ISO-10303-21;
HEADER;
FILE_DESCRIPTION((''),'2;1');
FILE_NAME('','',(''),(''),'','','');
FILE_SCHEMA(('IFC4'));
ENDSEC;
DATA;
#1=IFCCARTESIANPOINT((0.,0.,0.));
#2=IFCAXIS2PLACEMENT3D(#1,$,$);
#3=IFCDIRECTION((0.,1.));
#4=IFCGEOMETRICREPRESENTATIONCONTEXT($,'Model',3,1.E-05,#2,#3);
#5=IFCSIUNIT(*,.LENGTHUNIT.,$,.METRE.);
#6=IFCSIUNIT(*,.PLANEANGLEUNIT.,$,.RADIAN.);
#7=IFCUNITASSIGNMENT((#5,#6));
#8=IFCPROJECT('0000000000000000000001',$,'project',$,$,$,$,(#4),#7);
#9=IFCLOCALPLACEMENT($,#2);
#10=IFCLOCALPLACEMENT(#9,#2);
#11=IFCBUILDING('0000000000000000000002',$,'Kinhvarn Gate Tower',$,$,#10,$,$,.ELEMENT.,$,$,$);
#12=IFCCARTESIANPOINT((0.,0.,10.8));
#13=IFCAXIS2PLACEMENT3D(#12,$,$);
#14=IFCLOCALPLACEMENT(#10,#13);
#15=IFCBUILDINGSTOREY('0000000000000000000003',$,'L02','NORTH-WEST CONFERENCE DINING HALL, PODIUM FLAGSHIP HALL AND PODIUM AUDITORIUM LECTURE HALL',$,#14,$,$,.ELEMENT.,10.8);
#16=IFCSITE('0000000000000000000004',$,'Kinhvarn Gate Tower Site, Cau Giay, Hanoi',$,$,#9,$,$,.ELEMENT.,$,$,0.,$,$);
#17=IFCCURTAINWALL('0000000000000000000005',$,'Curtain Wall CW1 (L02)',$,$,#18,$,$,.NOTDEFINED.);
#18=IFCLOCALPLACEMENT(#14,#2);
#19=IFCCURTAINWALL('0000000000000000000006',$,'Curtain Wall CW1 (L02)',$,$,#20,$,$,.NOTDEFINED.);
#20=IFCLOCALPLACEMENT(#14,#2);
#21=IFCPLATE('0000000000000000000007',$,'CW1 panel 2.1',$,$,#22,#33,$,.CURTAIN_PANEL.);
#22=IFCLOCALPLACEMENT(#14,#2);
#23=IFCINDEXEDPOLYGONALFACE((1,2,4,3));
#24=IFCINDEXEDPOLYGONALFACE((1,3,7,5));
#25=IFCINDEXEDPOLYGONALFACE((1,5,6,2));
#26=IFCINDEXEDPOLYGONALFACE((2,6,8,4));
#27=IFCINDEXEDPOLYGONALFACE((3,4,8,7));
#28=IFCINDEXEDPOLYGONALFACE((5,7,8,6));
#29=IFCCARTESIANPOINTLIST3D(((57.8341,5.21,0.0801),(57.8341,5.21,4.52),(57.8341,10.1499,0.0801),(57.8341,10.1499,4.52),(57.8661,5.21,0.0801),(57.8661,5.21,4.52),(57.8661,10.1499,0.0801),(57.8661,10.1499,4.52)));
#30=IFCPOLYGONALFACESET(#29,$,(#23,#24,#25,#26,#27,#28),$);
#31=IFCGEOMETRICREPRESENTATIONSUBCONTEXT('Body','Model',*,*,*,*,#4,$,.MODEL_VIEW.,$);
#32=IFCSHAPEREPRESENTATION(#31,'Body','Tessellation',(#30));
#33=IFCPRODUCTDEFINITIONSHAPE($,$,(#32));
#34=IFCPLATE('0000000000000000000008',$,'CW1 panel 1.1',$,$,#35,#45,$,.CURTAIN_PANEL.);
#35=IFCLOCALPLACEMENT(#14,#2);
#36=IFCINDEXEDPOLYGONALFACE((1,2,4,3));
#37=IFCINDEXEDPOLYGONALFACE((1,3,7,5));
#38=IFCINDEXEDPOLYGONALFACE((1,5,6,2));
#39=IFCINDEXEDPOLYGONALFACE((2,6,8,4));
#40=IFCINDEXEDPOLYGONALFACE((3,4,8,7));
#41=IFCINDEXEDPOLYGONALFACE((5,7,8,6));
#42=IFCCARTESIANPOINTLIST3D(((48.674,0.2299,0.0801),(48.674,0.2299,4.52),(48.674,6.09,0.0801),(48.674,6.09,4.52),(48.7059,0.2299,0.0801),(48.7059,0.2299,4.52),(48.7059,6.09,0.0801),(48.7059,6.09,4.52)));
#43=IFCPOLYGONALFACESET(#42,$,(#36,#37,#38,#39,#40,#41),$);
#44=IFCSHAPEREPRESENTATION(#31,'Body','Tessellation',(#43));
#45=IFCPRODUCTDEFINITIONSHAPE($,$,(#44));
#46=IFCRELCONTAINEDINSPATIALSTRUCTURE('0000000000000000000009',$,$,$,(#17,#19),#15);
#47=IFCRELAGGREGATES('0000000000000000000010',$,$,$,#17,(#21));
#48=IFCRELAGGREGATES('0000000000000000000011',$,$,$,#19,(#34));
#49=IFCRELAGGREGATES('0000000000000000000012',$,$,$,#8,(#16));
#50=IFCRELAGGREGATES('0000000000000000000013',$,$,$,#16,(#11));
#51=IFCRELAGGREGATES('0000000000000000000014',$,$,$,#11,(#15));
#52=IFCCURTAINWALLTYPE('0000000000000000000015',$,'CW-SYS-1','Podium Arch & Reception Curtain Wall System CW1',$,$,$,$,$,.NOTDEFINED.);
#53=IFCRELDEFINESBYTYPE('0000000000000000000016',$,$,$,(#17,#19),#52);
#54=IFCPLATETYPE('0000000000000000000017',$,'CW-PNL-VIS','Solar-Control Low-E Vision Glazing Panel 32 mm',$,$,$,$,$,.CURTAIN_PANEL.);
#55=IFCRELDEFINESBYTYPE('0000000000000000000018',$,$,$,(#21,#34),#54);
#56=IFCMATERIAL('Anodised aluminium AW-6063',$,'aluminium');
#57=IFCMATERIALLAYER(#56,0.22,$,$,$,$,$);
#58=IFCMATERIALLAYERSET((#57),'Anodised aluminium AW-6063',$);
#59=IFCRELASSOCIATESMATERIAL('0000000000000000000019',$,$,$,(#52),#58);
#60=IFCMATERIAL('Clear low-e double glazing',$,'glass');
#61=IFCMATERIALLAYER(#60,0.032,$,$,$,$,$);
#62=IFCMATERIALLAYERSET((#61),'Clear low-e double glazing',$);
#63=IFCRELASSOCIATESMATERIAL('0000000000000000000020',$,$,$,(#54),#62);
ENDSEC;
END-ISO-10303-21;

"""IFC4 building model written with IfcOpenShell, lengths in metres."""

from ifc_helpers import new_model, si_unit, direction, frame, origin, origin_2d, place, context, subcontext, project, spatial, rectangle, extrude, material, layer, layer_set, type_object, element, aggregate, save


model = new_model("IFC4")

# Units and contexts
model_context = context("Model", 3, precision=1e-05, world=origin(), true_north=direction((0.0, 1.0)))
body_context = subcontext(model_context, "Body", "Model", "MODEL_VIEW")
ifc_project = project(units=[si_unit("LENGTHUNIT", "METRE"), si_unit("PLANEANGLEUNIT", "RADIAN")], contexts=[model_context])

# Site, building, storey
site_placement = place(None, origin())
site = spatial("IfcSite", under=ifc_project, at=site_placement, Name="Kinhvarn Gate Tower Site, Cau Giay, Hanoi", CompositionType="ELEMENT", RefElevation=0.0)
building_placement = place(site_placement, origin())
building = spatial("IfcBuilding", under=site, at=building_placement, Name="Kinhvarn Gate Tower", CompositionType="ELEMENT")
storey_placement = place(building_placement, frame((0.0, 0.0, 10.8)))
storey = spatial("IfcBuildingStorey", under=building, at=storey_placement, Name="L02", Description="NORTH-WEST CONFERENCE DINING HALL, PODIUM FLAGSHIP HALL AND PODIUM AUDITORIUM LECTURE HALL", CompositionType="ELEMENT", Elevation=10.8)

# Curtain wall
ifc_material_1 = material(Name="Anodised aluminium AW-6063", Category="aluminium")
ifc_layer_1 = layer(ifc_material_1, 0.22)
ifc_layer_set_1 = layer_set([ifc_layer_1], Name="Anodised aluminium AW-6063")
curtain_wall_type = type_object("IfcCurtainWallType", Name="CW-SYS-1", Description="Podium Arch & Reception Curtain Wall System CW1", PredefinedType="NOTDEFINED", material=ifc_layer_set_1)
curtain_wall_1_placement = place(storey_placement, origin())
curtain_wall_1 = element("IfcCurtainWall", 1, at=curtain_wall_1_placement, inside=storey, type_object=curtain_wall_type, Name="Curtain Wall CW1 (L02)", PredefinedType="NOTDEFINED")

# Curtain wall
curtain_wall_2_placement = place(storey_placement, origin())
curtain_wall_2 = element("IfcCurtainWall", 2, at=curtain_wall_2_placement, inside=storey, type_object=curtain_wall_type, Name="Curtain Wall CW1 (L02)", PredefinedType="NOTDEFINED")

# Plates
ifc_material_2 = material(Name="Clear low-e double glazing", Category="glass")
ifc_layer_2 = layer(ifc_material_2, 0.032)
ifc_layer_set_2 = layer_set([ifc_layer_2], Name="Clear low-e double glazing")
plate_type = type_object("IfcPlateType", Name="CW-PNL-VIS", Description="Solar-Control Low-E Vision Glazing Panel 32 mm", PredefinedType="CURTAIN_PANEL", material=ifc_layer_set_2)
plate_1_placement = place(storey_placement, frame((57.8501, 7.6799, 0.0801), z_axis=(0.0, 0.0, 1.0), x_axis=(0.0, 1.0, 0.0)))
plate_1 = element("IfcPlate", 3, at=plate_1_placement, type_object=plate_type, Name="CW1 panel 2.1", PredefinedType="CURTAIN_PANEL", context=body_context, shape_type="SweptSolid", body=[
    extrude(rectangle(XDim=4.9399, YDim=0.032, at=origin_2d()), origin(), (0.0, 0.0, 1.0), 4.4399),
])
aggregate(curtain_wall_1, [plate_1])
plate_2_placement = place(storey_placement, frame((48.6899, 3.1599, 0.0801), z_axis=(0.0, 0.0, 1.0), x_axis=(0.0, -1.0, 0.0)))
plate_2 = element("IfcPlate", 4, at=plate_2_placement, type_object=plate_type, Name="CW1 panel 1.1", PredefinedType="CURTAIN_PANEL", context=body_context, shape_type="SweptSolid", body=[
    extrude(rectangle(XDim=5.8601, YDim=0.032, at=origin_2d()), origin(), (0.0, 0.0, 1.0), 4.4399),
])
aggregate(curtain_wall_2, [plate_2])

save(model, "model.ifc")
